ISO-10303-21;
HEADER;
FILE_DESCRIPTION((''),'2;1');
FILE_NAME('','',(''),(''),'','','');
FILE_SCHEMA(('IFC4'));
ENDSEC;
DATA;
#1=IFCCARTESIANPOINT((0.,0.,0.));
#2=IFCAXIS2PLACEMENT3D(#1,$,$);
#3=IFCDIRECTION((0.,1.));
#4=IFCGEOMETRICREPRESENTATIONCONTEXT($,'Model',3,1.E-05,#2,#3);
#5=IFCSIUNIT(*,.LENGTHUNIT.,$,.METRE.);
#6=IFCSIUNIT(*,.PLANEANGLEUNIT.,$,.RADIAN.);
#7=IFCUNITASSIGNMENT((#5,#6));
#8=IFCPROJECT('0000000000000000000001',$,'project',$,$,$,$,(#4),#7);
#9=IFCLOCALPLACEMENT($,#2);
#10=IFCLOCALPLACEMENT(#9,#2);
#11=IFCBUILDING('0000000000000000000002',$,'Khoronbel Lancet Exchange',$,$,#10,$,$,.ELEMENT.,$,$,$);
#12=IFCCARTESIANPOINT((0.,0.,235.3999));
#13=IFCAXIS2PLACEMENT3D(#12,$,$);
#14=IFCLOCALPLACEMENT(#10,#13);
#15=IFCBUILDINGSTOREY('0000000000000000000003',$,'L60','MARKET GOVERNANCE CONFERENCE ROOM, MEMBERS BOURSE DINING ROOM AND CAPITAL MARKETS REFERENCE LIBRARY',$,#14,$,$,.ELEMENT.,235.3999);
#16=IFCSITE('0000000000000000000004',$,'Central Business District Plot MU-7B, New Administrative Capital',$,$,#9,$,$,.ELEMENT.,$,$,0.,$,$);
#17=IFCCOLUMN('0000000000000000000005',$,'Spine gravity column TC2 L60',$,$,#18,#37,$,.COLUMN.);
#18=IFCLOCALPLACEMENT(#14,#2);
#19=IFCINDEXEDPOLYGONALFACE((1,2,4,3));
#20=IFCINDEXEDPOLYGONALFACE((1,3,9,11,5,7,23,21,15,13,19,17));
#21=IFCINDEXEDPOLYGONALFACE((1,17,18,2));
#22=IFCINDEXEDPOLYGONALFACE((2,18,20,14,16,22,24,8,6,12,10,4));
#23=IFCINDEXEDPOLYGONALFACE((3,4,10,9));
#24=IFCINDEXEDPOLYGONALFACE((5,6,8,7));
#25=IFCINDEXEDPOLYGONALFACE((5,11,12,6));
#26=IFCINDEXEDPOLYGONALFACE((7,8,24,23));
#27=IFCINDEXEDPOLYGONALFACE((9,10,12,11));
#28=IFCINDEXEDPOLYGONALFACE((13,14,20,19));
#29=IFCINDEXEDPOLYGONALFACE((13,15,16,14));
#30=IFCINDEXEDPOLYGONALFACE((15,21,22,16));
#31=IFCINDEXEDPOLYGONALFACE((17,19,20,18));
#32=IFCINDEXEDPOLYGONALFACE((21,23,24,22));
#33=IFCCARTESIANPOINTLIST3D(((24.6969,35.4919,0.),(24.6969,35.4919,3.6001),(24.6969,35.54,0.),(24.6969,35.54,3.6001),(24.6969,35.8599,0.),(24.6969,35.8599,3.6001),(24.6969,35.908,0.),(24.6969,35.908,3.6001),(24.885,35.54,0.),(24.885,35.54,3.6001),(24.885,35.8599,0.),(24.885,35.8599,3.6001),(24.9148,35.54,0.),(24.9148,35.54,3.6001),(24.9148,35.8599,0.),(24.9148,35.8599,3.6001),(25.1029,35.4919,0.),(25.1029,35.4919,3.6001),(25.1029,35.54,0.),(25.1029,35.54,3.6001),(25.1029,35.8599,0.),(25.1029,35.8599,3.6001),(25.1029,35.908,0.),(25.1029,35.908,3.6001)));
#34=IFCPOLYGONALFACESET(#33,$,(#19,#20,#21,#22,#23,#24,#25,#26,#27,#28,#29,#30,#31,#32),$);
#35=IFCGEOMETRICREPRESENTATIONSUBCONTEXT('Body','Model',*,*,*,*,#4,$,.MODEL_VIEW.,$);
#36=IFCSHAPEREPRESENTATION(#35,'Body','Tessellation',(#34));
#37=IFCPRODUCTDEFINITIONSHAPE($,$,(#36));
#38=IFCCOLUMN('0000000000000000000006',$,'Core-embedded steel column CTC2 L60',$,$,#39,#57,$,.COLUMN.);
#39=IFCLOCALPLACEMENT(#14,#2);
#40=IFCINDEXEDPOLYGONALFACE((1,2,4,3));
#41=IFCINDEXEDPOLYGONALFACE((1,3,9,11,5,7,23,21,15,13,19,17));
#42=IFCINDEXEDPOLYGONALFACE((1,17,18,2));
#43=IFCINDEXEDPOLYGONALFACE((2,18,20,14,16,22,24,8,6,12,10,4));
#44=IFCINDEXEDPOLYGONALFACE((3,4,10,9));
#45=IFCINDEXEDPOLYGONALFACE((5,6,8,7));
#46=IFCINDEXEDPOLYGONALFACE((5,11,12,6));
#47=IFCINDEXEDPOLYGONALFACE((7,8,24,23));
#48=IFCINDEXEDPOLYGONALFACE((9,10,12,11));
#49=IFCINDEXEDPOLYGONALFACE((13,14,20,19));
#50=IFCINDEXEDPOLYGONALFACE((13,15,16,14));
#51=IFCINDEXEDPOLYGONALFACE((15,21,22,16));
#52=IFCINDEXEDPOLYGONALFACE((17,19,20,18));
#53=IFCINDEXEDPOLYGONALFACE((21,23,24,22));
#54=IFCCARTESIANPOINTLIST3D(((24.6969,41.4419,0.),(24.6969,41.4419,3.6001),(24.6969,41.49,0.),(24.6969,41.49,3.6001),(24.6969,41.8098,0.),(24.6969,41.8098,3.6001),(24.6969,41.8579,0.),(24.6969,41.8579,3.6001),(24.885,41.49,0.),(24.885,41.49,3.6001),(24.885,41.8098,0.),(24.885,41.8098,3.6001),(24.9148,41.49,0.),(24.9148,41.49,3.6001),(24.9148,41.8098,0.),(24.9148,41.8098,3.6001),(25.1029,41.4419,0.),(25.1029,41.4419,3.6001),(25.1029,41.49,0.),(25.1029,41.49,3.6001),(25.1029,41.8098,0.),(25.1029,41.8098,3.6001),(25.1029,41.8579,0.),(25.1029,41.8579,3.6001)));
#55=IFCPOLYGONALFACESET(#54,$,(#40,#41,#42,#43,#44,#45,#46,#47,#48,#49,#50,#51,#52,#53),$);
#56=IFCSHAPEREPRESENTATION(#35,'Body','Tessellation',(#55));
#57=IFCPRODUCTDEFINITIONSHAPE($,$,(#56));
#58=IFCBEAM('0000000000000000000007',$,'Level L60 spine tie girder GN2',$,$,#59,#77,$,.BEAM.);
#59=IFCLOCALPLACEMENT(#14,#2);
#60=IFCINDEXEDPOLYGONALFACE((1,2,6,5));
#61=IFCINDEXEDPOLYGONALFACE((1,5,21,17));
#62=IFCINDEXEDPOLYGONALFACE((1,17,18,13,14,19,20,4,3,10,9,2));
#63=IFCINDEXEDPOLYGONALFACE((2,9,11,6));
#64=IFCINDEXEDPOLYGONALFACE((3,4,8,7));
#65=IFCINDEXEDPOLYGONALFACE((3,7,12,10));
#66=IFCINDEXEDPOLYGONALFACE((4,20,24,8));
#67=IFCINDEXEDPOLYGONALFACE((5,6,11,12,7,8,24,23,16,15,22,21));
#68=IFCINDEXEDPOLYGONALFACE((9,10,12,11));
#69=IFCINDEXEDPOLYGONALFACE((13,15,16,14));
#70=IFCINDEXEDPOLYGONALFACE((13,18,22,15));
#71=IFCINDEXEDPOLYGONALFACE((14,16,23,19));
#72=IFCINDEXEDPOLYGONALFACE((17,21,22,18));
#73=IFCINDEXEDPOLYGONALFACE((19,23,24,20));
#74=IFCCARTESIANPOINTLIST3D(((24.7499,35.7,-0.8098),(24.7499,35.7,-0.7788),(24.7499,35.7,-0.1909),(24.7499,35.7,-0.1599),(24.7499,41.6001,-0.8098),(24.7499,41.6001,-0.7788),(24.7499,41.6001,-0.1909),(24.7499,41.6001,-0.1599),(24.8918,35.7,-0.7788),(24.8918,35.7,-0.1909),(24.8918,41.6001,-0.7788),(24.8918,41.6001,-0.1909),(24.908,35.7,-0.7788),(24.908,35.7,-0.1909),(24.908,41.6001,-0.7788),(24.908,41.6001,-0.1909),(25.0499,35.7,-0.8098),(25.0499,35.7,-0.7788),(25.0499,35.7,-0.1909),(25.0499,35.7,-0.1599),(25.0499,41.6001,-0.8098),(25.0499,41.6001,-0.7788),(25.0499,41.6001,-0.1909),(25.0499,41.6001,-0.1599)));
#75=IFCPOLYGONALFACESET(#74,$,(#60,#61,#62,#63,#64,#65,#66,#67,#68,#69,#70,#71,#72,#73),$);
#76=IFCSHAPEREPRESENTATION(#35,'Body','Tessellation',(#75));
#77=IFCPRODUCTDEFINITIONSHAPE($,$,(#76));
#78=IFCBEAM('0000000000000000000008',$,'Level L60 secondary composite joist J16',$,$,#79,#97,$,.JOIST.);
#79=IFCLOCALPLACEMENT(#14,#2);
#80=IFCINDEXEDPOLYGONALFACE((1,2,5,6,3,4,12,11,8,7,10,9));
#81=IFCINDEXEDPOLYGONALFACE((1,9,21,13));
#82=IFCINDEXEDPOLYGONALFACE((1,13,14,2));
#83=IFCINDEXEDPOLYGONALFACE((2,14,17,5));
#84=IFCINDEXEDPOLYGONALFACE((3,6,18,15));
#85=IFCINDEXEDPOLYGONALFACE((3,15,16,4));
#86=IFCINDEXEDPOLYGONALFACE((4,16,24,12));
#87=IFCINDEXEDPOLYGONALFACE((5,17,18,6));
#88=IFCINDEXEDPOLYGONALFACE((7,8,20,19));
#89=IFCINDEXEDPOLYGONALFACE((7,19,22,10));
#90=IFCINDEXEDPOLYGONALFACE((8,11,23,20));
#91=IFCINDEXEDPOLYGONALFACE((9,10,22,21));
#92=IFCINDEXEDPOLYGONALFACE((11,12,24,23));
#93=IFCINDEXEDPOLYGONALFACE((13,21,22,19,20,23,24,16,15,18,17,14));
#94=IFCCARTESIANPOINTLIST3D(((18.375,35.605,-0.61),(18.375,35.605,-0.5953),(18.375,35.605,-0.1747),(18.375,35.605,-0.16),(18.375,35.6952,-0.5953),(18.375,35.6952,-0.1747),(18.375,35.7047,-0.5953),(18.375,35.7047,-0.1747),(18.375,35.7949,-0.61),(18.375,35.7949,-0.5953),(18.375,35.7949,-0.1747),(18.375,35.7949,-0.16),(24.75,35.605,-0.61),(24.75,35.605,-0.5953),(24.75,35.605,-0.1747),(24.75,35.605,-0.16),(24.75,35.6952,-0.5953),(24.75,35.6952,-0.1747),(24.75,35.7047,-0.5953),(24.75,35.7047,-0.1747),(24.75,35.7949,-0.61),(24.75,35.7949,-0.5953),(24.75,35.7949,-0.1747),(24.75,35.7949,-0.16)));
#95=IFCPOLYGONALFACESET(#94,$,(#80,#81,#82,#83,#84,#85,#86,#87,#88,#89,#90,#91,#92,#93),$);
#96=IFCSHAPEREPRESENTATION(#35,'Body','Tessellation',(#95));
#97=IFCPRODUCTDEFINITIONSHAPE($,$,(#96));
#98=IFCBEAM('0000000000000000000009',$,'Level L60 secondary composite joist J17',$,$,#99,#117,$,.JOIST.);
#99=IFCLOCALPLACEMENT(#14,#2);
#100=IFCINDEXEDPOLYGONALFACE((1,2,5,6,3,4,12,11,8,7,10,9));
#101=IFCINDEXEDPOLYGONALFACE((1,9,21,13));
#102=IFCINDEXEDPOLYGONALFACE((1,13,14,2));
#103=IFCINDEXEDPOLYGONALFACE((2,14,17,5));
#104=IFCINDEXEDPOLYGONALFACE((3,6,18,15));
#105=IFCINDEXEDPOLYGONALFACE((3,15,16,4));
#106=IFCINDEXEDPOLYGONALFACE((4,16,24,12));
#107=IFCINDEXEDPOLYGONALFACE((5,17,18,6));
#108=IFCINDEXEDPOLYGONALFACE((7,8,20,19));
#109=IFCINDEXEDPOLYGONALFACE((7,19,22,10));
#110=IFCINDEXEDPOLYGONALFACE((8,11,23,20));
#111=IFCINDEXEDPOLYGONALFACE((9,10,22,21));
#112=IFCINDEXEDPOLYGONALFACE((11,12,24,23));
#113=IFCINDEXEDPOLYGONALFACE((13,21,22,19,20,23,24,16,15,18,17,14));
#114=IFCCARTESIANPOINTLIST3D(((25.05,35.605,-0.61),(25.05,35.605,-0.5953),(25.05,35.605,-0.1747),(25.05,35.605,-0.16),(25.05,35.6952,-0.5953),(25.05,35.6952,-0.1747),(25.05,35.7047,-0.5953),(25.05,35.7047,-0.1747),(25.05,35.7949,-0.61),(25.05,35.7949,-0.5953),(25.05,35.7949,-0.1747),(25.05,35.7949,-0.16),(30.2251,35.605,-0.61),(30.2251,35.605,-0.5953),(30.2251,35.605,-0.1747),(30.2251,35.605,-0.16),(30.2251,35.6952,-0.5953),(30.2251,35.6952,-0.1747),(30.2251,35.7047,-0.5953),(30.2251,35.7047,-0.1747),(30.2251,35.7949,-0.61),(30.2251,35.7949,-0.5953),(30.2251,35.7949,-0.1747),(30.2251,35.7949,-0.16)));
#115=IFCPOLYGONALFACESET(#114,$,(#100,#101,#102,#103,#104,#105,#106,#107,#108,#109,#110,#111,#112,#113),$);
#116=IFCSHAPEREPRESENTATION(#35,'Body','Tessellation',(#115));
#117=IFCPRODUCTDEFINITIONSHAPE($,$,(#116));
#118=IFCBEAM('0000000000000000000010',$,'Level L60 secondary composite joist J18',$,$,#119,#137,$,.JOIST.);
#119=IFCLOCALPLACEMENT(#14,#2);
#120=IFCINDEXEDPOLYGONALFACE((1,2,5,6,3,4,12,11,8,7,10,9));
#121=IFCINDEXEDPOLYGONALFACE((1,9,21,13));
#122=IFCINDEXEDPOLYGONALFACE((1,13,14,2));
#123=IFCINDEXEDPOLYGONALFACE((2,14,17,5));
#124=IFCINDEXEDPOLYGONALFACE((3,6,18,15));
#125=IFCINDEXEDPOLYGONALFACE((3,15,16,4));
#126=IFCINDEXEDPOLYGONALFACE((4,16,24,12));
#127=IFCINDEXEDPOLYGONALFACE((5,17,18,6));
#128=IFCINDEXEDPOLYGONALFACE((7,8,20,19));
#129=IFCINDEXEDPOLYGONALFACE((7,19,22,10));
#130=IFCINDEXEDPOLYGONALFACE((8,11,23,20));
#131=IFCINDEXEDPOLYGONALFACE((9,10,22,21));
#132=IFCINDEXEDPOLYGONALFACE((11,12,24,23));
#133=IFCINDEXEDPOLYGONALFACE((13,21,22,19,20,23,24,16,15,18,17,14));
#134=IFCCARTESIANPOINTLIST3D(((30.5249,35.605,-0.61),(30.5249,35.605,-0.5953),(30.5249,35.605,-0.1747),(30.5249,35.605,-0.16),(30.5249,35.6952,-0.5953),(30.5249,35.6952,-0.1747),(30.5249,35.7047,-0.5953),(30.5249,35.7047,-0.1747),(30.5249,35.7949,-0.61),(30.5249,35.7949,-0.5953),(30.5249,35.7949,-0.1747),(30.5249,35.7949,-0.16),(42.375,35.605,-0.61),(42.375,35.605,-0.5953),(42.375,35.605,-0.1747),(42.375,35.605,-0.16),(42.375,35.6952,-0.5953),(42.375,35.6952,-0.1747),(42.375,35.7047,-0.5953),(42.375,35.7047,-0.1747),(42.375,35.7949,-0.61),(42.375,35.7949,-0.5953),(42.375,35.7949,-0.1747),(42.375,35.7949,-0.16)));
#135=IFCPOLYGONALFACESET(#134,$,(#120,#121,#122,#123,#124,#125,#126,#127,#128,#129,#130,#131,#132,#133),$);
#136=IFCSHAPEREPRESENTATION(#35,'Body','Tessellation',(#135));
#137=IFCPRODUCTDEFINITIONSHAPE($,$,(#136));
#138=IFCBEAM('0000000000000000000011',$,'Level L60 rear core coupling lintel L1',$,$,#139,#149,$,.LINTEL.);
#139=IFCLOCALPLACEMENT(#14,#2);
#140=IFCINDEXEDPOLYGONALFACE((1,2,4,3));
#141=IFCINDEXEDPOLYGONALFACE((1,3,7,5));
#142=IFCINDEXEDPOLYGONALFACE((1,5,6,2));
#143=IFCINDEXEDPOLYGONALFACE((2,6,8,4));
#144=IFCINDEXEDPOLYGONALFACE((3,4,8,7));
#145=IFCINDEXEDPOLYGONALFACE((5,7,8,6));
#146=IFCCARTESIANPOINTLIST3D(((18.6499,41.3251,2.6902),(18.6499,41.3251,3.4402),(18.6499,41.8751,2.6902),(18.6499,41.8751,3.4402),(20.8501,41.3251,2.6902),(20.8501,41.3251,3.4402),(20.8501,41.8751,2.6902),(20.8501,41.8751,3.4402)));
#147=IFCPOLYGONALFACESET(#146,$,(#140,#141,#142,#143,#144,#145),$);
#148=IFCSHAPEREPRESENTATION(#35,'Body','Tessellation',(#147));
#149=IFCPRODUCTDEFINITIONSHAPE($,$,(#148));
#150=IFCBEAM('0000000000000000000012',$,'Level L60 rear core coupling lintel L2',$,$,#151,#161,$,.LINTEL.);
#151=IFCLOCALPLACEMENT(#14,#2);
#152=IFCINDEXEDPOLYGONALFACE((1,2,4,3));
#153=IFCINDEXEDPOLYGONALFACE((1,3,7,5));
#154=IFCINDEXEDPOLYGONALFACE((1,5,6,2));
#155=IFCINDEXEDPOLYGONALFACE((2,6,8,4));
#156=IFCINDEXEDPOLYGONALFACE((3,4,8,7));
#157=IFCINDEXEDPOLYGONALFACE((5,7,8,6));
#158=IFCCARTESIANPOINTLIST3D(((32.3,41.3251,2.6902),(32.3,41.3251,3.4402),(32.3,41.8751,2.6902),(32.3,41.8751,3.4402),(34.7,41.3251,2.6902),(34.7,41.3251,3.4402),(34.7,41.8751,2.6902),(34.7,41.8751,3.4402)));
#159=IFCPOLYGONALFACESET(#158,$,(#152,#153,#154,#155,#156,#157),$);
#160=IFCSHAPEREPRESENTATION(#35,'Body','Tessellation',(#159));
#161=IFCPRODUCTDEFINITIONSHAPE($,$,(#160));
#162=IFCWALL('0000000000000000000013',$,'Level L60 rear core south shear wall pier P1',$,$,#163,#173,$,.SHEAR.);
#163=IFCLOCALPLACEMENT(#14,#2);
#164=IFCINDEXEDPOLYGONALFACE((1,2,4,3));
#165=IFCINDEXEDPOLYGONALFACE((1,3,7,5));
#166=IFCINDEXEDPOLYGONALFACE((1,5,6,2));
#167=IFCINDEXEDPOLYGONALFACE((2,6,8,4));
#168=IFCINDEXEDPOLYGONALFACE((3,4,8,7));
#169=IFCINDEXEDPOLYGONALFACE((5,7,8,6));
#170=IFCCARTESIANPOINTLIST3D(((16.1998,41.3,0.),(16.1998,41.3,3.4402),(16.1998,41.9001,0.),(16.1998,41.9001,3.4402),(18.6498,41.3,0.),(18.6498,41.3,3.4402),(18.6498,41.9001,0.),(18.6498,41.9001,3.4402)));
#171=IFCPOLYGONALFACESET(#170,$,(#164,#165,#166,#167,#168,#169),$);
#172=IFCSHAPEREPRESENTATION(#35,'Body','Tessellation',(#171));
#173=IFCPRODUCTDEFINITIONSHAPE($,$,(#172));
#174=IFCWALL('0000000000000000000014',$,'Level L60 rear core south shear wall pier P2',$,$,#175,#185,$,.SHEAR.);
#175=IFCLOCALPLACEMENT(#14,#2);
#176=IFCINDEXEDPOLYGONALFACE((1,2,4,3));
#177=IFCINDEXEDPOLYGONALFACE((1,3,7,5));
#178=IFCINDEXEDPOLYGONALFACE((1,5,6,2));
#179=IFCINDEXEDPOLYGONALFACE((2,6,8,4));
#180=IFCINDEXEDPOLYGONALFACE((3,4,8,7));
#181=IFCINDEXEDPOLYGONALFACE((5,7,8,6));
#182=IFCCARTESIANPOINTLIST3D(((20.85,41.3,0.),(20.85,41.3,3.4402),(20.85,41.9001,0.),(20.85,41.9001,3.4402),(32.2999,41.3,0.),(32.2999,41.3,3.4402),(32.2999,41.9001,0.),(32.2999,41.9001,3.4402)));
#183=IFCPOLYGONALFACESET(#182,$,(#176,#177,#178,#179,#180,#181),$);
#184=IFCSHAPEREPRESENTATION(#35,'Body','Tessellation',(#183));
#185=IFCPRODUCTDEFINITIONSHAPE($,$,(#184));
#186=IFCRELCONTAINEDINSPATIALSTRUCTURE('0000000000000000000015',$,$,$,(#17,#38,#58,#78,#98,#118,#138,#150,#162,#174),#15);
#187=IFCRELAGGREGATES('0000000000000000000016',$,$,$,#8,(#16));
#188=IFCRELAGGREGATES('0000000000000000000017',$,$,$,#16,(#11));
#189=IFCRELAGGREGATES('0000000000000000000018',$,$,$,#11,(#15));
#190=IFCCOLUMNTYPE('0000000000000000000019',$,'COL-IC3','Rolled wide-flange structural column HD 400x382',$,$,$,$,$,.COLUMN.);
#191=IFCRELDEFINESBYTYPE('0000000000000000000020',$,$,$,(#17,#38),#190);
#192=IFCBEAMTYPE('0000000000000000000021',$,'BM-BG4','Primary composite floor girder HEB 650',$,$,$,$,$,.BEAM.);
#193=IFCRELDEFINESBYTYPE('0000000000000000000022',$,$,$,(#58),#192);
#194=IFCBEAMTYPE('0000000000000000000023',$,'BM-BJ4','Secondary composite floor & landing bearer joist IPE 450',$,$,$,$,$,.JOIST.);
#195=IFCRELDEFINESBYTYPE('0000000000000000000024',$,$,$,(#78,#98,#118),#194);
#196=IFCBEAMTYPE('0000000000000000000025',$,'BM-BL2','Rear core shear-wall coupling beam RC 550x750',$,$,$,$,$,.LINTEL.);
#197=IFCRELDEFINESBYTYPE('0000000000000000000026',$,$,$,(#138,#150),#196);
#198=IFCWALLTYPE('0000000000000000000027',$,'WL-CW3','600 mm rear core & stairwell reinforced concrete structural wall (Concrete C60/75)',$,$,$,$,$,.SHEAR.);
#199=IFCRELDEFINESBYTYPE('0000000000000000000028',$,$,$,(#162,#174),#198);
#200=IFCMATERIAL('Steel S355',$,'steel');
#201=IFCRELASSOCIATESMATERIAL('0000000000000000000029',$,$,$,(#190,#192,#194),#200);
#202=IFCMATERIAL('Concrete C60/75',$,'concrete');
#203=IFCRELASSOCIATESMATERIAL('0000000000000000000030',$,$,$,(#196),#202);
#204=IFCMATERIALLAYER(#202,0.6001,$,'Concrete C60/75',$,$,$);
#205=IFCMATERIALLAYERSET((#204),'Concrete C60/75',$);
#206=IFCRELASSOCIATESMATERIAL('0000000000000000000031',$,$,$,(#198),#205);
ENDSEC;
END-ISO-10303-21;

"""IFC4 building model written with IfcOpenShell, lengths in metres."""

from ifc_helpers import new_model, si_unit, direction, frame, frame_2d, origin, origin_2d, place, context, subcontext, project, spatial, rectangle, i_section, extrude, material, layer, layer_set, material_profile, profile_set, type_object, element, save


model = new_model("IFC4")

# Units and contexts
model_context = context("Model", 3, precision=1e-05, world=origin(), true_north=direction((0.0, 1.0)))
body_context = subcontext(model_context, "Body", "Model", "MODEL_VIEW")
ifc_project = project(units=[si_unit("LENGTHUNIT", "METRE"), si_unit("PLANEANGLEUNIT", "RADIAN")], contexts=[model_context])

# Site, building, storey
site_placement = place(None, origin())
site = spatial("IfcSite", under=ifc_project, at=site_placement, Name="Central Business District Plot MU-7B, New Administrative Capital", CompositionType="ELEMENT", RefElevation=0.0)
building_placement = place(site_placement, origin())
building = spatial("IfcBuilding", under=site, at=building_placement, Name="Khoronbel Lancet Exchange", CompositionType="ELEMENT")
storey_placement = place(building_placement, frame((0.0, 0.0, 235.3999)))
storey = spatial("IfcBuildingStorey", under=building, at=storey_placement, Name="L60", Description="MARKET GOVERNANCE CONFERENCE ROOM, MEMBERS BOURSE DINING ROOM AND CAPITAL MARKETS REFERENCE LIBRARY", CompositionType="ELEMENT", Elevation=235.3999)

# Columns
ifc_material_1 = material(Name="Steel S355", Category="steel")
ifc_material_profile_1 = material_profile(ifc_material_1, i_section(OverallWidth=0.406, OverallDepth=0.416, WebThickness=0.0298, FlangeThickness=0.0481, at=origin_2d()), Name="HD 400x382")
ifc_profile_set_1 = profile_set([ifc_material_profile_1], Name="Steel S355")
column_type = type_object("IfcColumnType", Name="COL-IC3", Description="Rolled wide-flange structural column HD 400x382", PredefinedType="COLUMN", material=ifc_profile_set_1)
for number, where, z_axis, x_axis, name in (
    (1, (24.8999, 35.7, 0.0), (0.0, 0.0, 1.0), (1.0, 0.0, 0.0), "Spine gravity column TC2 L60"),
    (2, (24.8999, 41.6499, 0.0), (0.0, 0.0, 1.0), (1.0, 0.0, 0.0), "Core-embedded steel column CTC2 L60"),
):
    element("IfcColumn", number, at=place(storey_placement, frame(where, z_axis=z_axis, x_axis=x_axis)), inside=storey, type_object=column_type, Name=name, PredefinedType="COLUMN", context=body_context, shape_type="SweptSolid", body=[
        extrude(i_section(OverallWidth=0.406, OverallDepth=0.416, WebThickness=0.0298, FlangeThickness=0.0481, at=origin_2d()), origin(), (0.0, 0.0, 1.0), 3.6001),
    ])

# Beams
ifc_material_profile_2 = material_profile(ifc_material_1, i_section(OverallWidth=0.3, OverallDepth=0.6499, WebThickness=0.0161, FlangeThickness=0.031, at=origin_2d()), Name="HEB 650")
ifc_profile_set_2 = profile_set([ifc_material_profile_2], Name="Steel S355")
beam_type_1 = type_object("IfcBeamType", Name="BM-BG4", Description="Primary composite floor girder HEB 650", PredefinedType="BEAM", material=ifc_profile_set_2)
beam_1_placement = place(storey_placement, frame((24.8999, 35.7, -0.4849), z_axis=(0.0, 1.0, 0.0), x_axis=(-1.0, 0.0, 0.0)))
element("IfcBeam", 3, at=beam_1_placement, inside=storey, type_object=beam_type_1, Name="Level L60 spine tie girder GN2", PredefinedType="BEAM", context=body_context, shape_type="SweptSolid", body=[
    extrude(i_section(OverallWidth=0.3, OverallDepth=0.6499, WebThickness=0.0161, FlangeThickness=0.031, at=origin_2d()), origin(), (0.0, 0.0, 1.0), 5.9001),
])
ifc_material_profile_3 = material_profile(ifc_material_1, i_section(OverallWidth=0.1899, OverallDepth=0.45, WebThickness=0.0095, FlangeThickness=0.0146, at=origin_2d()), Name="IPE 450")
ifc_profile_set_3 = profile_set([ifc_material_profile_3], Name="Steel S355")
beam_type_2 = type_object("IfcBeamType", Name="BM-BJ4", Description="Secondary composite floor & landing bearer joist IPE 450", PredefinedType="JOIST", material=ifc_profile_set_3)
beam_2_placement = place(storey_placement, frame((18.375, 35.7, -0.385), z_axis=(1.0, 0.0, 0.0), x_axis=(0.0, 1.0, 0.0)))
element("IfcBeam", 4, at=beam_2_placement, inside=storey, type_object=beam_type_2, Name="Level L60 secondary composite joist J16", PredefinedType="JOIST", context=body_context, shape_type="SweptSolid", body=[
    extrude(i_section(OverallWidth=0.1899, OverallDepth=0.45, WebThickness=0.0095, FlangeThickness=0.0146, at=origin_2d()), origin(), (0.0, 0.0, 1.0), 6.375),
])
beam_3_placement = place(storey_placement, frame((25.05, 35.7, -0.385), z_axis=(1.0, 0.0, 0.0), x_axis=(0.0, 1.0, 0.0)))
element("IfcBeam", 5, at=beam_3_placement, inside=storey, type_object=beam_type_2, Name="Level L60 secondary composite joist J17", PredefinedType="JOIST", context=body_context, shape_type="SweptSolid", body=[
    extrude(i_section(OverallWidth=0.1899, OverallDepth=0.45, WebThickness=0.0095, FlangeThickness=0.0146, at=origin_2d()), origin(), (0.0, 0.0, 1.0), 5.175),
])
beam_4_placement = place(storey_placement, frame((30.5249, 35.7, -0.385), z_axis=(1.0, 0.0, 0.0), x_axis=(0.0, 1.0, 0.0)))
element("IfcBeam", 6, at=beam_4_placement, inside=storey, type_object=beam_type_2, Name="Level L60 secondary composite joist J18", PredefinedType="JOIST", context=body_context, shape_type="SweptSolid", body=[
    extrude(i_section(OverallWidth=0.1899, OverallDepth=0.45, WebThickness=0.0095, FlangeThickness=0.0146, at=origin_2d()), origin(), (0.0, 0.0, 1.0), 11.8501),
])
ifc_material_2 = material(Name="Concrete C60/75", Category="concrete")
ifc_material_profile_4 = material_profile(ifc_material_2, rectangle(XDim=0.55, YDim=0.75, at=origin_2d()), Name="RC 550x750")
ifc_profile_set_4 = profile_set([ifc_material_profile_4], Name="Concrete C60/75")
beam_type_3 = type_object("IfcBeamType", Name="BM-BL2", Description="Rear core shear-wall coupling beam RC 550x750", PredefinedType="LINTEL", material=ifc_profile_set_4)
beam_5_placement = place(storey_placement, frame((18.6499, 41.6001, 3.0652), z_axis=(1.0, 0.0, 0.0), x_axis=(0.0, 1.0, 0.0)))
element("IfcBeam", 7, at=beam_5_placement, inside=storey, type_object=beam_type_3, Name="Level L60 rear core coupling lintel L1", PredefinedType="LINTEL", context=body_context, shape_type="SweptSolid", body=[
    extrude(rectangle(XDim=0.55, YDim=0.75, at=origin_2d()), origin(), (0.0, 0.0, 1.0), 2.2002),
])
beam_6_placement = place(storey_placement, frame((32.3, 41.6001, 3.0652), z_axis=(1.0, 0.0, 0.0), x_axis=(0.0, 1.0, 0.0)))
element("IfcBeam", 8, at=beam_6_placement, inside=storey, type_object=beam_type_3, Name="Level L60 rear core coupling lintel L2", PredefinedType="LINTEL", context=body_context, shape_type="SweptSolid", body=[
    extrude(rectangle(XDim=0.55, YDim=0.75, at=origin_2d()), origin(), (0.0, 0.0, 1.0), 2.3999),
])

# Walls
ifc_layer_1 = layer(ifc_material_2, 0.6001, Name="Concrete C60/75")
ifc_layer_set_1 = layer_set([ifc_layer_1], Name="Concrete C60/75")
wall_type_1 = type_object("IfcWallType", Name="WL-CW3", Description="600 mm rear core & stairwell reinforced concrete structural wall (Concrete C60/75)", PredefinedType="SHEAR", material=ifc_layer_set_1)
wall_1_placement = place(storey_placement, frame((18.6499, 41.6001, 0.0), z_axis=(0.0, 0.0, 1.0), x_axis=(-1.0, 0.0, 0.0)))
element("IfcWall", 9, at=wall_1_placement, inside=storey, type_object=wall_type_1, Name="Level L60 rear core south shear wall pier P1", PredefinedType="SHEAR", context=body_context, shape_type="SweptSolid", body=[
    extrude(rectangle(XDim=2.45, YDim=0.6001, at=frame_2d((1.2251, 0.0))), origin(), (0.0, 0.0, 1.0), 3.4402),
])
wall_2_placement = place(storey_placement, frame((32.3, 41.6001, 0.0), z_axis=(0.0, 0.0, 1.0), x_axis=(-1.0, 0.0, 0.0)))
element("IfcWall", 10, at=wall_2_placement, inside=storey, type_object=wall_type_1, Name="Level L60 rear core south shear wall pier P2", PredefinedType="SHEAR", context=body_context, shape_type="SweptSolid", body=[
    extrude(rectangle(XDim=11.45, YDim=0.6001, at=frame_2d((5.7251, 0.0))), origin(), (0.0, 0.0, 1.0), 3.4402),
])

save(model, "model.ifc")
